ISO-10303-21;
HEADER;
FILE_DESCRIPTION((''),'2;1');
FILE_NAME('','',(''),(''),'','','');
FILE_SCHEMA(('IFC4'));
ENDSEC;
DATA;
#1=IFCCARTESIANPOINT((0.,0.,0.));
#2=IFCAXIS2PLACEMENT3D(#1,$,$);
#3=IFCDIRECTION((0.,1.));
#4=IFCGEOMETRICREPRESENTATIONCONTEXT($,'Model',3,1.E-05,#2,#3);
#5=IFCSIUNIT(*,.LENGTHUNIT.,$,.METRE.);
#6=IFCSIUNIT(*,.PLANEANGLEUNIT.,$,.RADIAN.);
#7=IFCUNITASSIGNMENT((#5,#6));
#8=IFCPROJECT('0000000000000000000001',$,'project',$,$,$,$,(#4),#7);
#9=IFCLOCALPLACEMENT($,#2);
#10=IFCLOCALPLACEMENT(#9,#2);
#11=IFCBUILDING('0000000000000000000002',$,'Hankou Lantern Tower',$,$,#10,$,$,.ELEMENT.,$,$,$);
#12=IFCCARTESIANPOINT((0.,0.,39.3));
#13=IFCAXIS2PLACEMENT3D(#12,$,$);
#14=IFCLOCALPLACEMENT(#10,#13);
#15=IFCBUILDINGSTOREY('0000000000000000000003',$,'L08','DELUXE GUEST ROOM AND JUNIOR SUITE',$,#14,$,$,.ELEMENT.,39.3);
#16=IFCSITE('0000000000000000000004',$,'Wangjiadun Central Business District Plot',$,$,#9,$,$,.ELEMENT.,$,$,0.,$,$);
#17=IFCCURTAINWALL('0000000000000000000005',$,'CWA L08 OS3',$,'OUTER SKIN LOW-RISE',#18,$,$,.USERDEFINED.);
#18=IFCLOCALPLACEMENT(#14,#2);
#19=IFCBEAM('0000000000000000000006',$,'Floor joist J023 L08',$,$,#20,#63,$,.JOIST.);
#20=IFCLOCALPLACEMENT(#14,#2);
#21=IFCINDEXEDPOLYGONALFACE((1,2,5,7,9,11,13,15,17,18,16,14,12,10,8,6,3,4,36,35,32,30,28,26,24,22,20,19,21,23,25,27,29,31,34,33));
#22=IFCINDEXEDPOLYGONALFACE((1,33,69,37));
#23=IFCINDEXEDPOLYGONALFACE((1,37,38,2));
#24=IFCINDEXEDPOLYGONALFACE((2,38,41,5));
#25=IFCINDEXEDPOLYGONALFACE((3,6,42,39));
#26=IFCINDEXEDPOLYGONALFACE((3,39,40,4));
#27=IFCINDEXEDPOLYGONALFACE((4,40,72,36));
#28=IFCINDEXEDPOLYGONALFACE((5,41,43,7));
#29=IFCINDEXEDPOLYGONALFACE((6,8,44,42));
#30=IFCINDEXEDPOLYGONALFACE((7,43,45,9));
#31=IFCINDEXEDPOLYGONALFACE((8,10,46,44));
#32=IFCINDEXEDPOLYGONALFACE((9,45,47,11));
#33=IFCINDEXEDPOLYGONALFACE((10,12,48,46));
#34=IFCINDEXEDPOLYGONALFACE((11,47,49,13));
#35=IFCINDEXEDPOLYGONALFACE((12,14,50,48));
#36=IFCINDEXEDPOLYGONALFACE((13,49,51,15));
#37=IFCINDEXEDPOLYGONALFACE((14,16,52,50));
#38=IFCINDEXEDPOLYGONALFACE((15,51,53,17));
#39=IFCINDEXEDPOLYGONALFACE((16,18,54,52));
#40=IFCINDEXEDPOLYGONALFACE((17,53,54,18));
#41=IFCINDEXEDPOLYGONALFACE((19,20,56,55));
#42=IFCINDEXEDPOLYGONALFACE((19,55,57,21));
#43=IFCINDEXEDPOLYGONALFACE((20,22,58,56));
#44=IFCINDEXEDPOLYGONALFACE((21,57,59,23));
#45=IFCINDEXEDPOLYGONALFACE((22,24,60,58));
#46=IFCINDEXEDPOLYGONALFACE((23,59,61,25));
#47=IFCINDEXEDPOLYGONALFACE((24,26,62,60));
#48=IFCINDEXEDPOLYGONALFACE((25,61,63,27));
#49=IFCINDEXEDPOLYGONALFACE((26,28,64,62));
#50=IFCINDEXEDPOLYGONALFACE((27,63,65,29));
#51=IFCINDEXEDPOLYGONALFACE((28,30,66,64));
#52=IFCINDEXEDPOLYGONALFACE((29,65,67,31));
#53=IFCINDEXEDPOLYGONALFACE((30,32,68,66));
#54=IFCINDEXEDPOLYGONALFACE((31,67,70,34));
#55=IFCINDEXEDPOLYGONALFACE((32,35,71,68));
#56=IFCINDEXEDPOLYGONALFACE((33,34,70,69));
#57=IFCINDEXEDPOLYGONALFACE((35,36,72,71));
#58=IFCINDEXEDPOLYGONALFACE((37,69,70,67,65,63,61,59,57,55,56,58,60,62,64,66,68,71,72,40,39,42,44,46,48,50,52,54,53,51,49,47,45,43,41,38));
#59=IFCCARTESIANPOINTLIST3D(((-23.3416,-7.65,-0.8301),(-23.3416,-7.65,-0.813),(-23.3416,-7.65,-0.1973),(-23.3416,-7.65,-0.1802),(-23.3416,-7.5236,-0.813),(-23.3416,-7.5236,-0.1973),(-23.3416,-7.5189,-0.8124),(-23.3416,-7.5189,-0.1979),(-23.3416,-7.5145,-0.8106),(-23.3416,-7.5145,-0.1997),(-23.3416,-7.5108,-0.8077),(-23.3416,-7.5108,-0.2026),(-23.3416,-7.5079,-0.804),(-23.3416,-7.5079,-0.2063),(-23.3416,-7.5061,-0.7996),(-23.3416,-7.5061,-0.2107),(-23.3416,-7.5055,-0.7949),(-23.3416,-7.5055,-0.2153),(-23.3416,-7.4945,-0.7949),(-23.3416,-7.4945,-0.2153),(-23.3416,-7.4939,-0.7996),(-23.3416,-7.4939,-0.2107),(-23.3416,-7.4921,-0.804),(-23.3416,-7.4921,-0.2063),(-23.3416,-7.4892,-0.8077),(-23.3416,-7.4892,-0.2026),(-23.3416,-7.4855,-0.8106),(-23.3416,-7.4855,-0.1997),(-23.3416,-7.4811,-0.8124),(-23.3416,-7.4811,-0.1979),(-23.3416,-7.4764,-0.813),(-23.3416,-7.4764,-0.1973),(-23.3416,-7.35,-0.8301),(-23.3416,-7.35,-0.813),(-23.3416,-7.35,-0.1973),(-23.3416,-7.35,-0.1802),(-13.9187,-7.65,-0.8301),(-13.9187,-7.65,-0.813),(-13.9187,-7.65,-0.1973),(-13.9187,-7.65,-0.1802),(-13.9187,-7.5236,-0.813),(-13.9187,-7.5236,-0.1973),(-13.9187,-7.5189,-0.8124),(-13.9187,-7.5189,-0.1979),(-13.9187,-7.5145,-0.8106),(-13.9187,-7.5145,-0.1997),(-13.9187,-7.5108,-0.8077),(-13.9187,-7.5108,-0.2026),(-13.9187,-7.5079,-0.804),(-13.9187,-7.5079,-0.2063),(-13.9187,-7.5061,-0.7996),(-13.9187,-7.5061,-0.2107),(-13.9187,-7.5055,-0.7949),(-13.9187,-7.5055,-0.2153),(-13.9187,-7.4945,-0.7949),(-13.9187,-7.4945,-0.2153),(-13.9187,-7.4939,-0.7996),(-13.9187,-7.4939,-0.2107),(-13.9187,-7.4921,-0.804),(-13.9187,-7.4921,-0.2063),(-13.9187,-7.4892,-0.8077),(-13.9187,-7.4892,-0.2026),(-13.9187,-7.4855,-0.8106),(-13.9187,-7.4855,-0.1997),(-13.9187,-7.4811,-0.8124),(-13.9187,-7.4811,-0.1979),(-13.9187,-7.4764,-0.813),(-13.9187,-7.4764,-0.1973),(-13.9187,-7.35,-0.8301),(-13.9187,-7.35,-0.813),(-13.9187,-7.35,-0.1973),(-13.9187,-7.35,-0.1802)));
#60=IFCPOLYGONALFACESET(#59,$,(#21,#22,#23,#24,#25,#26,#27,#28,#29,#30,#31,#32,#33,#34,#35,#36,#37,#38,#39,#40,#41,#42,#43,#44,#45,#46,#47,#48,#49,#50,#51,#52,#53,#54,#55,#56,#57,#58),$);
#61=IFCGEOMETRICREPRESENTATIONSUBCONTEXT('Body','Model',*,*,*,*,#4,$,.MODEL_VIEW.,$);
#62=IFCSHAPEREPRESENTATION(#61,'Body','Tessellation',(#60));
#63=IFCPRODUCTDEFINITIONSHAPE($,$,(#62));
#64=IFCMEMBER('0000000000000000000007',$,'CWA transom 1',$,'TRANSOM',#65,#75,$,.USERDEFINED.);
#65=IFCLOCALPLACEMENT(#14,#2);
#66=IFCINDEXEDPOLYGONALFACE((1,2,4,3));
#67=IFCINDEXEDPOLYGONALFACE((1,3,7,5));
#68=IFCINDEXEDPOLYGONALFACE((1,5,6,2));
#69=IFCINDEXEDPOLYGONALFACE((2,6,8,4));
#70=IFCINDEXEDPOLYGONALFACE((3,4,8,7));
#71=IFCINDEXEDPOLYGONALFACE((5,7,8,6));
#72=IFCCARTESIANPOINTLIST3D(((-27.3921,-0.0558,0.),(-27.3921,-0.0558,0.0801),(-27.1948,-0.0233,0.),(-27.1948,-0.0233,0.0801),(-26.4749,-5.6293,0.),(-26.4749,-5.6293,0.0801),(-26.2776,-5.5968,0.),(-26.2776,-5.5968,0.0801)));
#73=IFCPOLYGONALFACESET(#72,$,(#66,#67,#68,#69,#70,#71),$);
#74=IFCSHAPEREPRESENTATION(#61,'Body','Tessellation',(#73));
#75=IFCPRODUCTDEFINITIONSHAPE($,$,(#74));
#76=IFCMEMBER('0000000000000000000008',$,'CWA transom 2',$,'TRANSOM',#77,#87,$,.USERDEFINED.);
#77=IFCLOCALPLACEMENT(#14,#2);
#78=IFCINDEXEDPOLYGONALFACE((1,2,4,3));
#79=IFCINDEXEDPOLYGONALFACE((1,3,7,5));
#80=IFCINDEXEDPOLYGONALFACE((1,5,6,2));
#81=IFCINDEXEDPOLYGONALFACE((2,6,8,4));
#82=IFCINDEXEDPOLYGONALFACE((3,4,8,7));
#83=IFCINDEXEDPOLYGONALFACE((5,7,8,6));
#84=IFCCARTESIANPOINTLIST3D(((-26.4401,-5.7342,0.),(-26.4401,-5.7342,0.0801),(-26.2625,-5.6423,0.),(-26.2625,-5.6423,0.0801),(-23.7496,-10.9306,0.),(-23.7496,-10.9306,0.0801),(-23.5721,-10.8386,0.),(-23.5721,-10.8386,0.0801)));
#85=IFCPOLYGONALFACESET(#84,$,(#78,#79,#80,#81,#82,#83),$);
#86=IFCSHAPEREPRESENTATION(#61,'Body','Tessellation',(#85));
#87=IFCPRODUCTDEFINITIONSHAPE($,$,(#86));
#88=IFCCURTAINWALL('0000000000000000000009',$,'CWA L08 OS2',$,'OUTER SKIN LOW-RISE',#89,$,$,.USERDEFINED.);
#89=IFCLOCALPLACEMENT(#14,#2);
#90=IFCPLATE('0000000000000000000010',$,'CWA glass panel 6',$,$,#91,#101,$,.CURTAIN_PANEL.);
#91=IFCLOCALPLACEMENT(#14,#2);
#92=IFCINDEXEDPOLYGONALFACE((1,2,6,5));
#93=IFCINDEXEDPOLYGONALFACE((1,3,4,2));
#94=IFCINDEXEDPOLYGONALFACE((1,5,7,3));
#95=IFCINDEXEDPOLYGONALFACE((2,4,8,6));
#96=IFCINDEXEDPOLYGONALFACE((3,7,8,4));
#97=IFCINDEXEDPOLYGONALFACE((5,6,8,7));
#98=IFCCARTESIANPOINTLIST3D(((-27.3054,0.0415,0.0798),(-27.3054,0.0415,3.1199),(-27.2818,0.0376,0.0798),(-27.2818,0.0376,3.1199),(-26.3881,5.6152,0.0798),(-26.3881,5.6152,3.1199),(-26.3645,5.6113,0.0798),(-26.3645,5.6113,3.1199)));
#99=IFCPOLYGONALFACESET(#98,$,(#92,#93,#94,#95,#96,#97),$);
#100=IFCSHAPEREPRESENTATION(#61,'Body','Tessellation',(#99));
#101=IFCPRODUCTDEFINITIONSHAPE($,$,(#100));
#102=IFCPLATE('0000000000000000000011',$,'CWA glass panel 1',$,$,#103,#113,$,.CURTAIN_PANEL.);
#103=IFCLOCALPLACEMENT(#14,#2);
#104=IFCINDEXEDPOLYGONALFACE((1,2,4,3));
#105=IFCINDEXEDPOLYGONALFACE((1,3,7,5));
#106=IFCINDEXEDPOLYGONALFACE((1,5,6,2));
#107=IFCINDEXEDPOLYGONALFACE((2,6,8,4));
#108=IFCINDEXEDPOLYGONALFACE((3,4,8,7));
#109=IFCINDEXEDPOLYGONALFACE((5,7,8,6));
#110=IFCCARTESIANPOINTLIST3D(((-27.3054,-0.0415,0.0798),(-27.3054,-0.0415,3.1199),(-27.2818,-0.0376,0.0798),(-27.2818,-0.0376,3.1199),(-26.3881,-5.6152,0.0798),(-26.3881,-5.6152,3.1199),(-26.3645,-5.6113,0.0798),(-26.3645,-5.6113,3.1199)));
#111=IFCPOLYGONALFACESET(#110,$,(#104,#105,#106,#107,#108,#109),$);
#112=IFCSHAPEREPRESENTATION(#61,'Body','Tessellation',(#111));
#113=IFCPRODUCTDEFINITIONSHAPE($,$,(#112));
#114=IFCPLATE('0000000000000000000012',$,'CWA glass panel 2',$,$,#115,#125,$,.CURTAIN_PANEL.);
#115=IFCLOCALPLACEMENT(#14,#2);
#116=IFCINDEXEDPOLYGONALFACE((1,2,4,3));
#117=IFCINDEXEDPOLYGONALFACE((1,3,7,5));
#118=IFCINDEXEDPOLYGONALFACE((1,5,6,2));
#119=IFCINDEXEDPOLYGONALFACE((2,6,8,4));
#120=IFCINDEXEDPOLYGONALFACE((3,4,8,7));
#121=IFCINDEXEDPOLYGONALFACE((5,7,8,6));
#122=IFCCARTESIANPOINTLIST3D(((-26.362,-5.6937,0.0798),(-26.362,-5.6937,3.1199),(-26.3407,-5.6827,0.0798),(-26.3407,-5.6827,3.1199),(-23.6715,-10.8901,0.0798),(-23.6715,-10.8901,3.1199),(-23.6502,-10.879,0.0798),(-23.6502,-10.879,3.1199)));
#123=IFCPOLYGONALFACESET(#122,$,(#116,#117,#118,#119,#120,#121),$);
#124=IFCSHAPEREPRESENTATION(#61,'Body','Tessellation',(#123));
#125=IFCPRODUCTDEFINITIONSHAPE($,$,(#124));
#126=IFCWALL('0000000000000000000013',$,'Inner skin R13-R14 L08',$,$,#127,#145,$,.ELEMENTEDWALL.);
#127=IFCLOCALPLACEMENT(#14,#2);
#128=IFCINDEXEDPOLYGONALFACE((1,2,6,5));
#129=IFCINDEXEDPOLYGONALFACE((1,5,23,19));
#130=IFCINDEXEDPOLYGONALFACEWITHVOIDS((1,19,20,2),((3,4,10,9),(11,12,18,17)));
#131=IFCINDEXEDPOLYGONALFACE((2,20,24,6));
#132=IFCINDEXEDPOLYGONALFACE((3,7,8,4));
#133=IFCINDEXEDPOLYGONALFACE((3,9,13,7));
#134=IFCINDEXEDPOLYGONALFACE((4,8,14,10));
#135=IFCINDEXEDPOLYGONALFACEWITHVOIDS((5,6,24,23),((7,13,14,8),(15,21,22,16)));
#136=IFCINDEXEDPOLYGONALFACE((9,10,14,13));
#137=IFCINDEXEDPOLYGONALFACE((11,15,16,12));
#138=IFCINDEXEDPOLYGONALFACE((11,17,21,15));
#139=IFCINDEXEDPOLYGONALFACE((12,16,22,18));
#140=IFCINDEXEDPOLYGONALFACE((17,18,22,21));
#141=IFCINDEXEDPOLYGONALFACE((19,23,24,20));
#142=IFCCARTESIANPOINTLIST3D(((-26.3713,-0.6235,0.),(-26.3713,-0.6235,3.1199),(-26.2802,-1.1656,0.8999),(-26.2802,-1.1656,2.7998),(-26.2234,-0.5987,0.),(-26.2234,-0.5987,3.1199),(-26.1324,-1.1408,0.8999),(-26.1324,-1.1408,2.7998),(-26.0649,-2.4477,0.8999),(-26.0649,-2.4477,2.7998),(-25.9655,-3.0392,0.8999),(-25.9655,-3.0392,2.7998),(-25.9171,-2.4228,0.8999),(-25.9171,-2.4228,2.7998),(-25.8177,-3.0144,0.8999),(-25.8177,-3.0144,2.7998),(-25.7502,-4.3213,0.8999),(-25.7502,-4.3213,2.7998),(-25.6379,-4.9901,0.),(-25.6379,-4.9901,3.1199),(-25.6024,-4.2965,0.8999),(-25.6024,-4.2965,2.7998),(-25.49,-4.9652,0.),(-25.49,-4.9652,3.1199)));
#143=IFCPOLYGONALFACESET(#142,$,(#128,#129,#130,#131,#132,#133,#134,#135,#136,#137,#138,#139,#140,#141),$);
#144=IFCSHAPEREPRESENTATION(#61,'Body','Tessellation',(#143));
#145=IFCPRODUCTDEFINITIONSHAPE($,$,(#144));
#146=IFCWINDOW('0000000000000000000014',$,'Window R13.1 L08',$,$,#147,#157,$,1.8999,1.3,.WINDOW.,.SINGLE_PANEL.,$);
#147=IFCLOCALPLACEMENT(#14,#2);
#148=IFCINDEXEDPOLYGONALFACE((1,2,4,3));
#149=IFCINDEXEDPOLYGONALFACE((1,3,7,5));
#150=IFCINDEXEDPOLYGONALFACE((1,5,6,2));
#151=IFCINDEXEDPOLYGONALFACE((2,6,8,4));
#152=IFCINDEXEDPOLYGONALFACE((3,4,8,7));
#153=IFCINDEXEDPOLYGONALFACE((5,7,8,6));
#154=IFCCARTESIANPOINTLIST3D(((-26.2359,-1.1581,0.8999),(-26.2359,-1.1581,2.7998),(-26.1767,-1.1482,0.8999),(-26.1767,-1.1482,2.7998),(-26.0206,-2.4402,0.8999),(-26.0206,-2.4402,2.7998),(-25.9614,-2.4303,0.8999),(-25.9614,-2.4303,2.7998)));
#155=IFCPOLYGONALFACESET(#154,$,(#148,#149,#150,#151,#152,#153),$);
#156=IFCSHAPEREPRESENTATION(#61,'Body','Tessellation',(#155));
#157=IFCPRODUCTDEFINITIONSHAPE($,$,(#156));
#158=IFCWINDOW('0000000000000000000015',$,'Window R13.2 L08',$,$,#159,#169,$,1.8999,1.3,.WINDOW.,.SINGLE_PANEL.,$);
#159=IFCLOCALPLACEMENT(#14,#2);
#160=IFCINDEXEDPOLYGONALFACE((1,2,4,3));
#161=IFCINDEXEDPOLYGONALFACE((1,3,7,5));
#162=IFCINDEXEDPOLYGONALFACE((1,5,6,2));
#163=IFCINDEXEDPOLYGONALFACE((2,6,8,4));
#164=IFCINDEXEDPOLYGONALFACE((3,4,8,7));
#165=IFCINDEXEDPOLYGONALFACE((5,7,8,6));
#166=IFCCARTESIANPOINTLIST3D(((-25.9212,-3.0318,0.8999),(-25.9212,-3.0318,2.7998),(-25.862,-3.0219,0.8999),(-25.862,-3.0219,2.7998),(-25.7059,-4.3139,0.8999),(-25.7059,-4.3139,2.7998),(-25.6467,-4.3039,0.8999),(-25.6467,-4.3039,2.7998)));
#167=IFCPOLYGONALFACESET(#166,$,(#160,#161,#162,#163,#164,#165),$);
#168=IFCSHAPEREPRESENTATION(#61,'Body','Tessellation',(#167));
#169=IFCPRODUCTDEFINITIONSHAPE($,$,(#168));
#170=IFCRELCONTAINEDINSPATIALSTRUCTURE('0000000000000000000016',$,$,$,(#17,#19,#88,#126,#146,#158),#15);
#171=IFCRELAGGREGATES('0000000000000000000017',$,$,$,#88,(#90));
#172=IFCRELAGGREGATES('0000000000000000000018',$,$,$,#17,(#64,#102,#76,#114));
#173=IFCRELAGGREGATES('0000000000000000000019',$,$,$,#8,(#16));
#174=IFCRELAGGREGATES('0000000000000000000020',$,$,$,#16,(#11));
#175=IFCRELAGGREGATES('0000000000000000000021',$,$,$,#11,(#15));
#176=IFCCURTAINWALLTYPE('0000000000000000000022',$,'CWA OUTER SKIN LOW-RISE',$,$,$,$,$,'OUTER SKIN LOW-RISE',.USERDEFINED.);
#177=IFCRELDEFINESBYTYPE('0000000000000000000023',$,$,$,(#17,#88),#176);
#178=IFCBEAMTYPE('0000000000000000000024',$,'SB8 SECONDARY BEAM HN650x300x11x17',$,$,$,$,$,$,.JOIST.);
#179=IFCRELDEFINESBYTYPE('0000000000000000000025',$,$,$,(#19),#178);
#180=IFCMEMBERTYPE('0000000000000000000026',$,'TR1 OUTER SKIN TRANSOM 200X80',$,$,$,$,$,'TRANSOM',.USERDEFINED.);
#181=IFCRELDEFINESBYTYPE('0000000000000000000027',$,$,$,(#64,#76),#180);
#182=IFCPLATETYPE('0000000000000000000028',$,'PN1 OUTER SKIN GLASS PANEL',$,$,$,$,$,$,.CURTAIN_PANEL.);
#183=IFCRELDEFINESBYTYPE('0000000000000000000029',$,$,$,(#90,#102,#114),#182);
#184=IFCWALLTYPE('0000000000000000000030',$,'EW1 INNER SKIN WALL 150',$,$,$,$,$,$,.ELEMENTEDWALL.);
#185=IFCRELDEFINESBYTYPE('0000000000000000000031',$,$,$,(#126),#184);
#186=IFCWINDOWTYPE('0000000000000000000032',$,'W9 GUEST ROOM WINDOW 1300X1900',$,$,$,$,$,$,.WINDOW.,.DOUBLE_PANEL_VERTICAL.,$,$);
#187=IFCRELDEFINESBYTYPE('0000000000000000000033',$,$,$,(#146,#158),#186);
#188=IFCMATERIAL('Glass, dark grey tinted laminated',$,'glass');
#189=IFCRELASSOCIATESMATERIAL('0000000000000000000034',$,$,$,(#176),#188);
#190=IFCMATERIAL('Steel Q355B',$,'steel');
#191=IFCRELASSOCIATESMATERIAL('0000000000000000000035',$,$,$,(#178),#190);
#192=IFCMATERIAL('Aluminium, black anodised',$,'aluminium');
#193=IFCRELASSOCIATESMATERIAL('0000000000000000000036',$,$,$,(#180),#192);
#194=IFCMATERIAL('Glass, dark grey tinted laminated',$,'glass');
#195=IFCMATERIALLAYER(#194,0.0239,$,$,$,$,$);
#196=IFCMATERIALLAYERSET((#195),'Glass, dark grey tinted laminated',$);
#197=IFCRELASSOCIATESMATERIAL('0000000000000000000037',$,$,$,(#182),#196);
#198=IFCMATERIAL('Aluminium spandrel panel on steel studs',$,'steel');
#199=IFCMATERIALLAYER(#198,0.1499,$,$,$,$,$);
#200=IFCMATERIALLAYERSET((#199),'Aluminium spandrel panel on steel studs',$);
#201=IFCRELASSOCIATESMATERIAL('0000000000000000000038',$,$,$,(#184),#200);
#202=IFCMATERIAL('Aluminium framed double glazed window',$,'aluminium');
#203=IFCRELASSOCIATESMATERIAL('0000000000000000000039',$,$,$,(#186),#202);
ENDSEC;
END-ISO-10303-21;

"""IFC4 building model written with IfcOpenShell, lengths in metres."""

from ifc_helpers import new_model, si_unit, direction, frame, frame_2d, origin, origin_2d, place, context, subcontext, project, spatial, rectangle, i_section, extrude, material, layer, layer_set, material_profile, profile_set, type_object, element, fill, aggregate, save


model = new_model("IFC4")

# Units and contexts
model_context = context("Model", 3, precision=1e-05, world=origin(), true_north=direction((0.0, 1.0)))
body_context = subcontext(model_context, "Body", "Model", "MODEL_VIEW")
ifc_project = project(units=[si_unit("LENGTHUNIT", "METRE"), si_unit("PLANEANGLEUNIT", "RADIAN")], contexts=[model_context])

# Site, building, storey
site_placement = place(None, origin())
site = spatial("IfcSite", under=ifc_project, at=site_placement, Name="Wangjiadun Central Business District Plot", CompositionType="ELEMENT", RefElevation=0.0)
building_placement = place(site_placement, origin())
building = spatial("IfcBuilding", under=site, at=building_placement, Name="Hankou Lantern Tower", CompositionType="ELEMENT")
storey_placement = place(building_placement, frame((0.0, 0.0, 39.3)))
storey = spatial("IfcBuildingStorey", under=building, at=storey_placement, Name="L08", Description="DELUXE GUEST ROOM AND JUNIOR SUITE", CompositionType="ELEMENT", Elevation=39.3)

# Curtain wall
ifc_material_1 = material(Name="Glass, dark grey tinted laminated", Category="glass")
curtain_wall_type = type_object("IfcCurtainWallType", Name="CWA OUTER SKIN LOW-RISE", ElementType="OUTER SKIN LOW-RISE", PredefinedType="USERDEFINED", material=ifc_material_1)
curtain_wall_1_placement = place(storey_placement, origin())
curtain_wall_1 = element("IfcCurtainWall", 1, at=curtain_wall_1_placement, inside=storey, type_object=curtain_wall_type, Name="CWA L08 OS3", ObjectType="OUTER SKIN LOW-RISE", PredefinedType="USERDEFINED")

# Beam
ifc_material_2 = material(Name="Steel Q355B", Category="steel")
ifc_material_profile_1 = material_profile(ifc_material_2, i_section(OverallWidth=0.3, OverallDepth=0.6499, WebThickness=0.011, FlangeThickness=0.0171, FilletRadius=0.0181, at=origin_2d()), Name="HN650x300x11x17")
ifc_profile_set_1 = profile_set([ifc_material_profile_1], Name="Steel Q355B")
beam_type_1 = type_object("IfcBeamType", Name="SB8 SECONDARY BEAM HN650x300x11x17", PredefinedType="JOIST", material=ifc_profile_set_1)
beam_1_placement = place(storey_placement, frame((-23.3416, -7.5, -0.5051), z_axis=(1.0, 0.0, 0.0), x_axis=(0.0, 1.0, 0.0)))
element("IfcBeam", 2, at=beam_1_placement, inside=storey, type_object=beam_type_1, Name="Floor joist J023 L08", PredefinedType="JOIST", context=body_context, shape_type="SweptSolid", body=[
    extrude(i_section(OverallWidth=0.3, OverallDepth=0.6499, WebThickness=0.011, FlangeThickness=0.0171, FilletRadius=0.0181, at=origin_2d()), origin(), (0.0, 0.0, 1.0), 9.4229),
])

# Members
ifc_material_3 = material(Name="Aluminium, black anodised", Category="aluminium")
ifc_material_profile_2 = material_profile(ifc_material_3, rectangle(XDim=0.2, YDim=0.0801, at=origin_2d()), Name="TR1 200X80")
ifc_profile_set_2 = profile_set([ifc_material_profile_2], Name="Aluminium, black anodised")
member_type_1 = type_object("IfcMemberType", Name="TR1 OUTER SKIN TRANSOM 200X80", ElementType="TRANSOM", PredefinedType="USERDEFINED", material=ifc_profile_set_2)
member_1_placement = place(storey_placement, frame((-27.2935, -0.0396, 0.04), z_axis=(0.162387, -0.986727, 0.0), x_axis=(0.986727, 0.162387, 0.0)))
member_1 = element("IfcMember", 3, at=member_1_placement, type_object=member_type_1, Name="CWA transom 1", ObjectType="TRANSOM", PredefinedType="USERDEFINED", context=body_context, shape_type="SweptSolid", body=[
    extrude(rectangle(XDim=0.2, YDim=0.0801, at=origin_2d()), origin(), (0.0, 0.0, 1.0), 5.6484),
])
member_2_placement = place(storey_placement, frame((-26.3513, -5.6882, 0.04), z_axis=(0.459786, -0.88803, 0.0), x_axis=(0.88803, 0.459786, 0.0)))
member_2 = element("IfcMember", 4, at=member_2_placement, type_object=member_type_1, Name="CWA transom 2", ObjectType="TRANSOM", PredefinedType="USERDEFINED", context=body_context, shape_type="SweptSolid", body=[
    extrude(rectangle(XDim=0.2, YDim=0.0801, at=origin_2d()), origin(), (0.0, 0.0, 1.0), 5.8516),
])

# Curtain wall, plate
curtain_wall_2_placement = place(storey_placement, origin())
curtain_wall_2 = element("IfcCurtainWall", 5, at=curtain_wall_2_placement, inside=storey, type_object=curtain_wall_type, Name="CWA L08 OS2", ObjectType="OUTER SKIN LOW-RISE", PredefinedType="USERDEFINED")
ifc_material_4 = material(Name="Glass, dark grey tinted laminated", Category="glass")
ifc_layer_1 = layer(ifc_material_4, 0.0239)
ifc_layer_set_1 = layer_set([ifc_layer_1], Name="Glass, dark grey tinted laminated")
plate_type = type_object("IfcPlateType", Name="PN1 OUTER SKIN GLASS PANEL", PredefinedType="CURTAIN_PANEL", material=ifc_layer_set_1)
plate_1_placement = place(storey_placement, frame((-26.835, 2.8264, 0.0798), z_axis=(0.0, 0.0, 1.0), x_axis=(-0.162382, -0.986728, 0.0)))
plate_1 = element("IfcPlate", 6, at=plate_1_placement, type_object=plate_type, Name="CWA glass panel 6", PredefinedType="CURTAIN_PANEL", context=body_context, shape_type="SweptSolid", body=[
    extrude(rectangle(XDim=5.6487, YDim=0.0239, at=origin_2d()), origin(), (0.0, 0.0, 1.0), 3.04),
])
aggregate(curtain_wall_2, [plate_1])

# Plates
plate_2_placement = place(storey_placement, frame((-26.835, -2.8264, 0.0798), z_axis=(0.0, 0.0, 1.0), x_axis=(0.162382, -0.986728, 0.0)))
plate_2 = element("IfcPlate", 7, at=plate_2_placement, type_object=plate_type, Name="CWA glass panel 1", PredefinedType="CURTAIN_PANEL", context=body_context, shape_type="SweptSolid", body=[
    extrude(rectangle(XDim=5.6487, YDim=0.0239, at=origin_2d()), origin(), (0.0, 0.0, 1.0), 3.04),
])
plate_3_placement = place(storey_placement, frame((-25.0061, -8.2864, 0.0798), z_axis=(0.0, 0.0, 1.0), x_axis=(0.459791, -0.888027, 0.0)))
plate_3 = element("IfcPlate", 8, at=plate_3_placement, type_object=plate_type, Name="CWA glass panel 2", PredefinedType="CURTAIN_PANEL", context=body_context, shape_type="SweptSolid", body=[
    extrude(rectangle(XDim=5.8516, YDim=0.0239, at=origin_2d()), origin(), (0.0, 0.0, 1.0), 3.04),
])
aggregate(curtain_wall_1, [member_1, plate_2, member_2, plate_3])

# Wall, openings, windows
ifc_material_5 = material(Name="Aluminium spandrel panel on steel studs", Category="steel")
ifc_layer_2 = layer(ifc_material_5, 0.1499)
ifc_layer_set_2 = layer_set([ifc_layer_2], Name="Aluminium spandrel panel on steel studs")
wall_type_1 = type_object("IfcWallType", Name="EW1 INNER SKIN WALL 150", PredefinedType="ELEMENTEDWALL", material=ifc_layer_set_2)
wall_1_placement = place(storey_placement, frame((-26.2974, -0.6111, 0.0), z_axis=(0.0, 0.0, 1.0), x_axis=(0.165642, -0.986186, 0.0)))
wall_1 = element("IfcWall", 9, at=wall_1_placement, inside=storey, type_object=wall_type_1, Name="Inner skin R13-R14 L08", PredefinedType="ELEMENTEDWALL", context=body_context, shape_type="SweptSolid", body=[
    extrude(rectangle(XDim=4.4277, YDim=0.1499, at=frame_2d((2.2139, 0.0))), origin(), (0.0, 0.0, 1.0), 3.1199),
])
opening_1_placement = place(wall_1_placement, frame((0.5498, 0.0, 0.8999)))
opening_1 = element("IfcOpeningElement", 10, at=opening_1_placement, cuts=wall_1, PredefinedType="OPENING", context=body_context, shape_type="SweptSolid", body=[
    extrude(rectangle(XDim=1.3, YDim=1.8999, at=frame_2d((0.6499, 0.95))), frame((0.0, 0.085, 0.0), z_axis=(0.0, -1.0, 0.0), x_axis=(1.0, 0.0, 0.0)), (0.0, 0.0, 1.0), 0.1699),
])
opening_2_placement = place(wall_1_placement, frame((2.4497, 0.0, 0.8999)))
opening_2 = element("IfcOpeningElement", 11, at=opening_2_placement, cuts=wall_1, PredefinedType="OPENING", context=body_context, shape_type="SweptSolid", body=[
    extrude(rectangle(XDim=1.3, YDim=1.8999, at=frame_2d((0.6499, 0.95))), frame((0.0, 0.085, 0.0), z_axis=(0.0, -1.0, 0.0), x_axis=(1.0, 0.0, 0.0)), (0.0, 0.0, 1.0), 0.1699),
])
ifc_material_6 = material(Name="Aluminium framed double glazed window", Category="aluminium")
window_type = type_object("IfcWindowType", Name="W9 GUEST ROOM WINDOW 1300X1900", PartitioningType="DOUBLE_PANEL_VERTICAL", PredefinedType="WINDOW", material=ifc_material_6)
window_1_placement = place(opening_1_placement, origin())
window_1 = element("IfcWindow", 12, at=window_1_placement, inside=storey, type_object=window_type, Name="Window R13.1 L08", OverallHeight=1.8999, OverallWidth=1.3, PartitioningType="SINGLE_PANEL", PredefinedType="WINDOW", context=body_context, shape_type="SweptSolid", body=[
    extrude(rectangle(XDim=1.3, YDim=1.8999, at=frame_2d((0.6499, 0.95))), frame((0.0, 0.03, 0.0), z_axis=(0.0, -1.0, 0.0), x_axis=(1.0, 0.0, 0.0)), (0.0, 0.0, 1.0), 0.0601),
])
fill(opening_1, window_1)
window_2_placement = place(opening_2_placement, origin())
window_2 = element("IfcWindow", 13, at=window_2_placement, inside=storey, type_object=window_type, Name="Window R13.2 L08", OverallHeight=1.8999, OverallWidth=1.3, PartitioningType="SINGLE_PANEL", PredefinedType="WINDOW", context=body_context, shape_type="SweptSolid", body=[
    extrude(rectangle(XDim=1.3, YDim=1.8999, at=frame_2d((0.6499, 0.95))), frame((0.0, 0.03, 0.0), z_axis=(0.0, -1.0, 0.0), x_axis=(1.0, 0.0, 0.0)), (0.0, 0.0, 1.0), 0.0601),
])
fill(opening_2, window_2)

save(model, "model.ifc")
